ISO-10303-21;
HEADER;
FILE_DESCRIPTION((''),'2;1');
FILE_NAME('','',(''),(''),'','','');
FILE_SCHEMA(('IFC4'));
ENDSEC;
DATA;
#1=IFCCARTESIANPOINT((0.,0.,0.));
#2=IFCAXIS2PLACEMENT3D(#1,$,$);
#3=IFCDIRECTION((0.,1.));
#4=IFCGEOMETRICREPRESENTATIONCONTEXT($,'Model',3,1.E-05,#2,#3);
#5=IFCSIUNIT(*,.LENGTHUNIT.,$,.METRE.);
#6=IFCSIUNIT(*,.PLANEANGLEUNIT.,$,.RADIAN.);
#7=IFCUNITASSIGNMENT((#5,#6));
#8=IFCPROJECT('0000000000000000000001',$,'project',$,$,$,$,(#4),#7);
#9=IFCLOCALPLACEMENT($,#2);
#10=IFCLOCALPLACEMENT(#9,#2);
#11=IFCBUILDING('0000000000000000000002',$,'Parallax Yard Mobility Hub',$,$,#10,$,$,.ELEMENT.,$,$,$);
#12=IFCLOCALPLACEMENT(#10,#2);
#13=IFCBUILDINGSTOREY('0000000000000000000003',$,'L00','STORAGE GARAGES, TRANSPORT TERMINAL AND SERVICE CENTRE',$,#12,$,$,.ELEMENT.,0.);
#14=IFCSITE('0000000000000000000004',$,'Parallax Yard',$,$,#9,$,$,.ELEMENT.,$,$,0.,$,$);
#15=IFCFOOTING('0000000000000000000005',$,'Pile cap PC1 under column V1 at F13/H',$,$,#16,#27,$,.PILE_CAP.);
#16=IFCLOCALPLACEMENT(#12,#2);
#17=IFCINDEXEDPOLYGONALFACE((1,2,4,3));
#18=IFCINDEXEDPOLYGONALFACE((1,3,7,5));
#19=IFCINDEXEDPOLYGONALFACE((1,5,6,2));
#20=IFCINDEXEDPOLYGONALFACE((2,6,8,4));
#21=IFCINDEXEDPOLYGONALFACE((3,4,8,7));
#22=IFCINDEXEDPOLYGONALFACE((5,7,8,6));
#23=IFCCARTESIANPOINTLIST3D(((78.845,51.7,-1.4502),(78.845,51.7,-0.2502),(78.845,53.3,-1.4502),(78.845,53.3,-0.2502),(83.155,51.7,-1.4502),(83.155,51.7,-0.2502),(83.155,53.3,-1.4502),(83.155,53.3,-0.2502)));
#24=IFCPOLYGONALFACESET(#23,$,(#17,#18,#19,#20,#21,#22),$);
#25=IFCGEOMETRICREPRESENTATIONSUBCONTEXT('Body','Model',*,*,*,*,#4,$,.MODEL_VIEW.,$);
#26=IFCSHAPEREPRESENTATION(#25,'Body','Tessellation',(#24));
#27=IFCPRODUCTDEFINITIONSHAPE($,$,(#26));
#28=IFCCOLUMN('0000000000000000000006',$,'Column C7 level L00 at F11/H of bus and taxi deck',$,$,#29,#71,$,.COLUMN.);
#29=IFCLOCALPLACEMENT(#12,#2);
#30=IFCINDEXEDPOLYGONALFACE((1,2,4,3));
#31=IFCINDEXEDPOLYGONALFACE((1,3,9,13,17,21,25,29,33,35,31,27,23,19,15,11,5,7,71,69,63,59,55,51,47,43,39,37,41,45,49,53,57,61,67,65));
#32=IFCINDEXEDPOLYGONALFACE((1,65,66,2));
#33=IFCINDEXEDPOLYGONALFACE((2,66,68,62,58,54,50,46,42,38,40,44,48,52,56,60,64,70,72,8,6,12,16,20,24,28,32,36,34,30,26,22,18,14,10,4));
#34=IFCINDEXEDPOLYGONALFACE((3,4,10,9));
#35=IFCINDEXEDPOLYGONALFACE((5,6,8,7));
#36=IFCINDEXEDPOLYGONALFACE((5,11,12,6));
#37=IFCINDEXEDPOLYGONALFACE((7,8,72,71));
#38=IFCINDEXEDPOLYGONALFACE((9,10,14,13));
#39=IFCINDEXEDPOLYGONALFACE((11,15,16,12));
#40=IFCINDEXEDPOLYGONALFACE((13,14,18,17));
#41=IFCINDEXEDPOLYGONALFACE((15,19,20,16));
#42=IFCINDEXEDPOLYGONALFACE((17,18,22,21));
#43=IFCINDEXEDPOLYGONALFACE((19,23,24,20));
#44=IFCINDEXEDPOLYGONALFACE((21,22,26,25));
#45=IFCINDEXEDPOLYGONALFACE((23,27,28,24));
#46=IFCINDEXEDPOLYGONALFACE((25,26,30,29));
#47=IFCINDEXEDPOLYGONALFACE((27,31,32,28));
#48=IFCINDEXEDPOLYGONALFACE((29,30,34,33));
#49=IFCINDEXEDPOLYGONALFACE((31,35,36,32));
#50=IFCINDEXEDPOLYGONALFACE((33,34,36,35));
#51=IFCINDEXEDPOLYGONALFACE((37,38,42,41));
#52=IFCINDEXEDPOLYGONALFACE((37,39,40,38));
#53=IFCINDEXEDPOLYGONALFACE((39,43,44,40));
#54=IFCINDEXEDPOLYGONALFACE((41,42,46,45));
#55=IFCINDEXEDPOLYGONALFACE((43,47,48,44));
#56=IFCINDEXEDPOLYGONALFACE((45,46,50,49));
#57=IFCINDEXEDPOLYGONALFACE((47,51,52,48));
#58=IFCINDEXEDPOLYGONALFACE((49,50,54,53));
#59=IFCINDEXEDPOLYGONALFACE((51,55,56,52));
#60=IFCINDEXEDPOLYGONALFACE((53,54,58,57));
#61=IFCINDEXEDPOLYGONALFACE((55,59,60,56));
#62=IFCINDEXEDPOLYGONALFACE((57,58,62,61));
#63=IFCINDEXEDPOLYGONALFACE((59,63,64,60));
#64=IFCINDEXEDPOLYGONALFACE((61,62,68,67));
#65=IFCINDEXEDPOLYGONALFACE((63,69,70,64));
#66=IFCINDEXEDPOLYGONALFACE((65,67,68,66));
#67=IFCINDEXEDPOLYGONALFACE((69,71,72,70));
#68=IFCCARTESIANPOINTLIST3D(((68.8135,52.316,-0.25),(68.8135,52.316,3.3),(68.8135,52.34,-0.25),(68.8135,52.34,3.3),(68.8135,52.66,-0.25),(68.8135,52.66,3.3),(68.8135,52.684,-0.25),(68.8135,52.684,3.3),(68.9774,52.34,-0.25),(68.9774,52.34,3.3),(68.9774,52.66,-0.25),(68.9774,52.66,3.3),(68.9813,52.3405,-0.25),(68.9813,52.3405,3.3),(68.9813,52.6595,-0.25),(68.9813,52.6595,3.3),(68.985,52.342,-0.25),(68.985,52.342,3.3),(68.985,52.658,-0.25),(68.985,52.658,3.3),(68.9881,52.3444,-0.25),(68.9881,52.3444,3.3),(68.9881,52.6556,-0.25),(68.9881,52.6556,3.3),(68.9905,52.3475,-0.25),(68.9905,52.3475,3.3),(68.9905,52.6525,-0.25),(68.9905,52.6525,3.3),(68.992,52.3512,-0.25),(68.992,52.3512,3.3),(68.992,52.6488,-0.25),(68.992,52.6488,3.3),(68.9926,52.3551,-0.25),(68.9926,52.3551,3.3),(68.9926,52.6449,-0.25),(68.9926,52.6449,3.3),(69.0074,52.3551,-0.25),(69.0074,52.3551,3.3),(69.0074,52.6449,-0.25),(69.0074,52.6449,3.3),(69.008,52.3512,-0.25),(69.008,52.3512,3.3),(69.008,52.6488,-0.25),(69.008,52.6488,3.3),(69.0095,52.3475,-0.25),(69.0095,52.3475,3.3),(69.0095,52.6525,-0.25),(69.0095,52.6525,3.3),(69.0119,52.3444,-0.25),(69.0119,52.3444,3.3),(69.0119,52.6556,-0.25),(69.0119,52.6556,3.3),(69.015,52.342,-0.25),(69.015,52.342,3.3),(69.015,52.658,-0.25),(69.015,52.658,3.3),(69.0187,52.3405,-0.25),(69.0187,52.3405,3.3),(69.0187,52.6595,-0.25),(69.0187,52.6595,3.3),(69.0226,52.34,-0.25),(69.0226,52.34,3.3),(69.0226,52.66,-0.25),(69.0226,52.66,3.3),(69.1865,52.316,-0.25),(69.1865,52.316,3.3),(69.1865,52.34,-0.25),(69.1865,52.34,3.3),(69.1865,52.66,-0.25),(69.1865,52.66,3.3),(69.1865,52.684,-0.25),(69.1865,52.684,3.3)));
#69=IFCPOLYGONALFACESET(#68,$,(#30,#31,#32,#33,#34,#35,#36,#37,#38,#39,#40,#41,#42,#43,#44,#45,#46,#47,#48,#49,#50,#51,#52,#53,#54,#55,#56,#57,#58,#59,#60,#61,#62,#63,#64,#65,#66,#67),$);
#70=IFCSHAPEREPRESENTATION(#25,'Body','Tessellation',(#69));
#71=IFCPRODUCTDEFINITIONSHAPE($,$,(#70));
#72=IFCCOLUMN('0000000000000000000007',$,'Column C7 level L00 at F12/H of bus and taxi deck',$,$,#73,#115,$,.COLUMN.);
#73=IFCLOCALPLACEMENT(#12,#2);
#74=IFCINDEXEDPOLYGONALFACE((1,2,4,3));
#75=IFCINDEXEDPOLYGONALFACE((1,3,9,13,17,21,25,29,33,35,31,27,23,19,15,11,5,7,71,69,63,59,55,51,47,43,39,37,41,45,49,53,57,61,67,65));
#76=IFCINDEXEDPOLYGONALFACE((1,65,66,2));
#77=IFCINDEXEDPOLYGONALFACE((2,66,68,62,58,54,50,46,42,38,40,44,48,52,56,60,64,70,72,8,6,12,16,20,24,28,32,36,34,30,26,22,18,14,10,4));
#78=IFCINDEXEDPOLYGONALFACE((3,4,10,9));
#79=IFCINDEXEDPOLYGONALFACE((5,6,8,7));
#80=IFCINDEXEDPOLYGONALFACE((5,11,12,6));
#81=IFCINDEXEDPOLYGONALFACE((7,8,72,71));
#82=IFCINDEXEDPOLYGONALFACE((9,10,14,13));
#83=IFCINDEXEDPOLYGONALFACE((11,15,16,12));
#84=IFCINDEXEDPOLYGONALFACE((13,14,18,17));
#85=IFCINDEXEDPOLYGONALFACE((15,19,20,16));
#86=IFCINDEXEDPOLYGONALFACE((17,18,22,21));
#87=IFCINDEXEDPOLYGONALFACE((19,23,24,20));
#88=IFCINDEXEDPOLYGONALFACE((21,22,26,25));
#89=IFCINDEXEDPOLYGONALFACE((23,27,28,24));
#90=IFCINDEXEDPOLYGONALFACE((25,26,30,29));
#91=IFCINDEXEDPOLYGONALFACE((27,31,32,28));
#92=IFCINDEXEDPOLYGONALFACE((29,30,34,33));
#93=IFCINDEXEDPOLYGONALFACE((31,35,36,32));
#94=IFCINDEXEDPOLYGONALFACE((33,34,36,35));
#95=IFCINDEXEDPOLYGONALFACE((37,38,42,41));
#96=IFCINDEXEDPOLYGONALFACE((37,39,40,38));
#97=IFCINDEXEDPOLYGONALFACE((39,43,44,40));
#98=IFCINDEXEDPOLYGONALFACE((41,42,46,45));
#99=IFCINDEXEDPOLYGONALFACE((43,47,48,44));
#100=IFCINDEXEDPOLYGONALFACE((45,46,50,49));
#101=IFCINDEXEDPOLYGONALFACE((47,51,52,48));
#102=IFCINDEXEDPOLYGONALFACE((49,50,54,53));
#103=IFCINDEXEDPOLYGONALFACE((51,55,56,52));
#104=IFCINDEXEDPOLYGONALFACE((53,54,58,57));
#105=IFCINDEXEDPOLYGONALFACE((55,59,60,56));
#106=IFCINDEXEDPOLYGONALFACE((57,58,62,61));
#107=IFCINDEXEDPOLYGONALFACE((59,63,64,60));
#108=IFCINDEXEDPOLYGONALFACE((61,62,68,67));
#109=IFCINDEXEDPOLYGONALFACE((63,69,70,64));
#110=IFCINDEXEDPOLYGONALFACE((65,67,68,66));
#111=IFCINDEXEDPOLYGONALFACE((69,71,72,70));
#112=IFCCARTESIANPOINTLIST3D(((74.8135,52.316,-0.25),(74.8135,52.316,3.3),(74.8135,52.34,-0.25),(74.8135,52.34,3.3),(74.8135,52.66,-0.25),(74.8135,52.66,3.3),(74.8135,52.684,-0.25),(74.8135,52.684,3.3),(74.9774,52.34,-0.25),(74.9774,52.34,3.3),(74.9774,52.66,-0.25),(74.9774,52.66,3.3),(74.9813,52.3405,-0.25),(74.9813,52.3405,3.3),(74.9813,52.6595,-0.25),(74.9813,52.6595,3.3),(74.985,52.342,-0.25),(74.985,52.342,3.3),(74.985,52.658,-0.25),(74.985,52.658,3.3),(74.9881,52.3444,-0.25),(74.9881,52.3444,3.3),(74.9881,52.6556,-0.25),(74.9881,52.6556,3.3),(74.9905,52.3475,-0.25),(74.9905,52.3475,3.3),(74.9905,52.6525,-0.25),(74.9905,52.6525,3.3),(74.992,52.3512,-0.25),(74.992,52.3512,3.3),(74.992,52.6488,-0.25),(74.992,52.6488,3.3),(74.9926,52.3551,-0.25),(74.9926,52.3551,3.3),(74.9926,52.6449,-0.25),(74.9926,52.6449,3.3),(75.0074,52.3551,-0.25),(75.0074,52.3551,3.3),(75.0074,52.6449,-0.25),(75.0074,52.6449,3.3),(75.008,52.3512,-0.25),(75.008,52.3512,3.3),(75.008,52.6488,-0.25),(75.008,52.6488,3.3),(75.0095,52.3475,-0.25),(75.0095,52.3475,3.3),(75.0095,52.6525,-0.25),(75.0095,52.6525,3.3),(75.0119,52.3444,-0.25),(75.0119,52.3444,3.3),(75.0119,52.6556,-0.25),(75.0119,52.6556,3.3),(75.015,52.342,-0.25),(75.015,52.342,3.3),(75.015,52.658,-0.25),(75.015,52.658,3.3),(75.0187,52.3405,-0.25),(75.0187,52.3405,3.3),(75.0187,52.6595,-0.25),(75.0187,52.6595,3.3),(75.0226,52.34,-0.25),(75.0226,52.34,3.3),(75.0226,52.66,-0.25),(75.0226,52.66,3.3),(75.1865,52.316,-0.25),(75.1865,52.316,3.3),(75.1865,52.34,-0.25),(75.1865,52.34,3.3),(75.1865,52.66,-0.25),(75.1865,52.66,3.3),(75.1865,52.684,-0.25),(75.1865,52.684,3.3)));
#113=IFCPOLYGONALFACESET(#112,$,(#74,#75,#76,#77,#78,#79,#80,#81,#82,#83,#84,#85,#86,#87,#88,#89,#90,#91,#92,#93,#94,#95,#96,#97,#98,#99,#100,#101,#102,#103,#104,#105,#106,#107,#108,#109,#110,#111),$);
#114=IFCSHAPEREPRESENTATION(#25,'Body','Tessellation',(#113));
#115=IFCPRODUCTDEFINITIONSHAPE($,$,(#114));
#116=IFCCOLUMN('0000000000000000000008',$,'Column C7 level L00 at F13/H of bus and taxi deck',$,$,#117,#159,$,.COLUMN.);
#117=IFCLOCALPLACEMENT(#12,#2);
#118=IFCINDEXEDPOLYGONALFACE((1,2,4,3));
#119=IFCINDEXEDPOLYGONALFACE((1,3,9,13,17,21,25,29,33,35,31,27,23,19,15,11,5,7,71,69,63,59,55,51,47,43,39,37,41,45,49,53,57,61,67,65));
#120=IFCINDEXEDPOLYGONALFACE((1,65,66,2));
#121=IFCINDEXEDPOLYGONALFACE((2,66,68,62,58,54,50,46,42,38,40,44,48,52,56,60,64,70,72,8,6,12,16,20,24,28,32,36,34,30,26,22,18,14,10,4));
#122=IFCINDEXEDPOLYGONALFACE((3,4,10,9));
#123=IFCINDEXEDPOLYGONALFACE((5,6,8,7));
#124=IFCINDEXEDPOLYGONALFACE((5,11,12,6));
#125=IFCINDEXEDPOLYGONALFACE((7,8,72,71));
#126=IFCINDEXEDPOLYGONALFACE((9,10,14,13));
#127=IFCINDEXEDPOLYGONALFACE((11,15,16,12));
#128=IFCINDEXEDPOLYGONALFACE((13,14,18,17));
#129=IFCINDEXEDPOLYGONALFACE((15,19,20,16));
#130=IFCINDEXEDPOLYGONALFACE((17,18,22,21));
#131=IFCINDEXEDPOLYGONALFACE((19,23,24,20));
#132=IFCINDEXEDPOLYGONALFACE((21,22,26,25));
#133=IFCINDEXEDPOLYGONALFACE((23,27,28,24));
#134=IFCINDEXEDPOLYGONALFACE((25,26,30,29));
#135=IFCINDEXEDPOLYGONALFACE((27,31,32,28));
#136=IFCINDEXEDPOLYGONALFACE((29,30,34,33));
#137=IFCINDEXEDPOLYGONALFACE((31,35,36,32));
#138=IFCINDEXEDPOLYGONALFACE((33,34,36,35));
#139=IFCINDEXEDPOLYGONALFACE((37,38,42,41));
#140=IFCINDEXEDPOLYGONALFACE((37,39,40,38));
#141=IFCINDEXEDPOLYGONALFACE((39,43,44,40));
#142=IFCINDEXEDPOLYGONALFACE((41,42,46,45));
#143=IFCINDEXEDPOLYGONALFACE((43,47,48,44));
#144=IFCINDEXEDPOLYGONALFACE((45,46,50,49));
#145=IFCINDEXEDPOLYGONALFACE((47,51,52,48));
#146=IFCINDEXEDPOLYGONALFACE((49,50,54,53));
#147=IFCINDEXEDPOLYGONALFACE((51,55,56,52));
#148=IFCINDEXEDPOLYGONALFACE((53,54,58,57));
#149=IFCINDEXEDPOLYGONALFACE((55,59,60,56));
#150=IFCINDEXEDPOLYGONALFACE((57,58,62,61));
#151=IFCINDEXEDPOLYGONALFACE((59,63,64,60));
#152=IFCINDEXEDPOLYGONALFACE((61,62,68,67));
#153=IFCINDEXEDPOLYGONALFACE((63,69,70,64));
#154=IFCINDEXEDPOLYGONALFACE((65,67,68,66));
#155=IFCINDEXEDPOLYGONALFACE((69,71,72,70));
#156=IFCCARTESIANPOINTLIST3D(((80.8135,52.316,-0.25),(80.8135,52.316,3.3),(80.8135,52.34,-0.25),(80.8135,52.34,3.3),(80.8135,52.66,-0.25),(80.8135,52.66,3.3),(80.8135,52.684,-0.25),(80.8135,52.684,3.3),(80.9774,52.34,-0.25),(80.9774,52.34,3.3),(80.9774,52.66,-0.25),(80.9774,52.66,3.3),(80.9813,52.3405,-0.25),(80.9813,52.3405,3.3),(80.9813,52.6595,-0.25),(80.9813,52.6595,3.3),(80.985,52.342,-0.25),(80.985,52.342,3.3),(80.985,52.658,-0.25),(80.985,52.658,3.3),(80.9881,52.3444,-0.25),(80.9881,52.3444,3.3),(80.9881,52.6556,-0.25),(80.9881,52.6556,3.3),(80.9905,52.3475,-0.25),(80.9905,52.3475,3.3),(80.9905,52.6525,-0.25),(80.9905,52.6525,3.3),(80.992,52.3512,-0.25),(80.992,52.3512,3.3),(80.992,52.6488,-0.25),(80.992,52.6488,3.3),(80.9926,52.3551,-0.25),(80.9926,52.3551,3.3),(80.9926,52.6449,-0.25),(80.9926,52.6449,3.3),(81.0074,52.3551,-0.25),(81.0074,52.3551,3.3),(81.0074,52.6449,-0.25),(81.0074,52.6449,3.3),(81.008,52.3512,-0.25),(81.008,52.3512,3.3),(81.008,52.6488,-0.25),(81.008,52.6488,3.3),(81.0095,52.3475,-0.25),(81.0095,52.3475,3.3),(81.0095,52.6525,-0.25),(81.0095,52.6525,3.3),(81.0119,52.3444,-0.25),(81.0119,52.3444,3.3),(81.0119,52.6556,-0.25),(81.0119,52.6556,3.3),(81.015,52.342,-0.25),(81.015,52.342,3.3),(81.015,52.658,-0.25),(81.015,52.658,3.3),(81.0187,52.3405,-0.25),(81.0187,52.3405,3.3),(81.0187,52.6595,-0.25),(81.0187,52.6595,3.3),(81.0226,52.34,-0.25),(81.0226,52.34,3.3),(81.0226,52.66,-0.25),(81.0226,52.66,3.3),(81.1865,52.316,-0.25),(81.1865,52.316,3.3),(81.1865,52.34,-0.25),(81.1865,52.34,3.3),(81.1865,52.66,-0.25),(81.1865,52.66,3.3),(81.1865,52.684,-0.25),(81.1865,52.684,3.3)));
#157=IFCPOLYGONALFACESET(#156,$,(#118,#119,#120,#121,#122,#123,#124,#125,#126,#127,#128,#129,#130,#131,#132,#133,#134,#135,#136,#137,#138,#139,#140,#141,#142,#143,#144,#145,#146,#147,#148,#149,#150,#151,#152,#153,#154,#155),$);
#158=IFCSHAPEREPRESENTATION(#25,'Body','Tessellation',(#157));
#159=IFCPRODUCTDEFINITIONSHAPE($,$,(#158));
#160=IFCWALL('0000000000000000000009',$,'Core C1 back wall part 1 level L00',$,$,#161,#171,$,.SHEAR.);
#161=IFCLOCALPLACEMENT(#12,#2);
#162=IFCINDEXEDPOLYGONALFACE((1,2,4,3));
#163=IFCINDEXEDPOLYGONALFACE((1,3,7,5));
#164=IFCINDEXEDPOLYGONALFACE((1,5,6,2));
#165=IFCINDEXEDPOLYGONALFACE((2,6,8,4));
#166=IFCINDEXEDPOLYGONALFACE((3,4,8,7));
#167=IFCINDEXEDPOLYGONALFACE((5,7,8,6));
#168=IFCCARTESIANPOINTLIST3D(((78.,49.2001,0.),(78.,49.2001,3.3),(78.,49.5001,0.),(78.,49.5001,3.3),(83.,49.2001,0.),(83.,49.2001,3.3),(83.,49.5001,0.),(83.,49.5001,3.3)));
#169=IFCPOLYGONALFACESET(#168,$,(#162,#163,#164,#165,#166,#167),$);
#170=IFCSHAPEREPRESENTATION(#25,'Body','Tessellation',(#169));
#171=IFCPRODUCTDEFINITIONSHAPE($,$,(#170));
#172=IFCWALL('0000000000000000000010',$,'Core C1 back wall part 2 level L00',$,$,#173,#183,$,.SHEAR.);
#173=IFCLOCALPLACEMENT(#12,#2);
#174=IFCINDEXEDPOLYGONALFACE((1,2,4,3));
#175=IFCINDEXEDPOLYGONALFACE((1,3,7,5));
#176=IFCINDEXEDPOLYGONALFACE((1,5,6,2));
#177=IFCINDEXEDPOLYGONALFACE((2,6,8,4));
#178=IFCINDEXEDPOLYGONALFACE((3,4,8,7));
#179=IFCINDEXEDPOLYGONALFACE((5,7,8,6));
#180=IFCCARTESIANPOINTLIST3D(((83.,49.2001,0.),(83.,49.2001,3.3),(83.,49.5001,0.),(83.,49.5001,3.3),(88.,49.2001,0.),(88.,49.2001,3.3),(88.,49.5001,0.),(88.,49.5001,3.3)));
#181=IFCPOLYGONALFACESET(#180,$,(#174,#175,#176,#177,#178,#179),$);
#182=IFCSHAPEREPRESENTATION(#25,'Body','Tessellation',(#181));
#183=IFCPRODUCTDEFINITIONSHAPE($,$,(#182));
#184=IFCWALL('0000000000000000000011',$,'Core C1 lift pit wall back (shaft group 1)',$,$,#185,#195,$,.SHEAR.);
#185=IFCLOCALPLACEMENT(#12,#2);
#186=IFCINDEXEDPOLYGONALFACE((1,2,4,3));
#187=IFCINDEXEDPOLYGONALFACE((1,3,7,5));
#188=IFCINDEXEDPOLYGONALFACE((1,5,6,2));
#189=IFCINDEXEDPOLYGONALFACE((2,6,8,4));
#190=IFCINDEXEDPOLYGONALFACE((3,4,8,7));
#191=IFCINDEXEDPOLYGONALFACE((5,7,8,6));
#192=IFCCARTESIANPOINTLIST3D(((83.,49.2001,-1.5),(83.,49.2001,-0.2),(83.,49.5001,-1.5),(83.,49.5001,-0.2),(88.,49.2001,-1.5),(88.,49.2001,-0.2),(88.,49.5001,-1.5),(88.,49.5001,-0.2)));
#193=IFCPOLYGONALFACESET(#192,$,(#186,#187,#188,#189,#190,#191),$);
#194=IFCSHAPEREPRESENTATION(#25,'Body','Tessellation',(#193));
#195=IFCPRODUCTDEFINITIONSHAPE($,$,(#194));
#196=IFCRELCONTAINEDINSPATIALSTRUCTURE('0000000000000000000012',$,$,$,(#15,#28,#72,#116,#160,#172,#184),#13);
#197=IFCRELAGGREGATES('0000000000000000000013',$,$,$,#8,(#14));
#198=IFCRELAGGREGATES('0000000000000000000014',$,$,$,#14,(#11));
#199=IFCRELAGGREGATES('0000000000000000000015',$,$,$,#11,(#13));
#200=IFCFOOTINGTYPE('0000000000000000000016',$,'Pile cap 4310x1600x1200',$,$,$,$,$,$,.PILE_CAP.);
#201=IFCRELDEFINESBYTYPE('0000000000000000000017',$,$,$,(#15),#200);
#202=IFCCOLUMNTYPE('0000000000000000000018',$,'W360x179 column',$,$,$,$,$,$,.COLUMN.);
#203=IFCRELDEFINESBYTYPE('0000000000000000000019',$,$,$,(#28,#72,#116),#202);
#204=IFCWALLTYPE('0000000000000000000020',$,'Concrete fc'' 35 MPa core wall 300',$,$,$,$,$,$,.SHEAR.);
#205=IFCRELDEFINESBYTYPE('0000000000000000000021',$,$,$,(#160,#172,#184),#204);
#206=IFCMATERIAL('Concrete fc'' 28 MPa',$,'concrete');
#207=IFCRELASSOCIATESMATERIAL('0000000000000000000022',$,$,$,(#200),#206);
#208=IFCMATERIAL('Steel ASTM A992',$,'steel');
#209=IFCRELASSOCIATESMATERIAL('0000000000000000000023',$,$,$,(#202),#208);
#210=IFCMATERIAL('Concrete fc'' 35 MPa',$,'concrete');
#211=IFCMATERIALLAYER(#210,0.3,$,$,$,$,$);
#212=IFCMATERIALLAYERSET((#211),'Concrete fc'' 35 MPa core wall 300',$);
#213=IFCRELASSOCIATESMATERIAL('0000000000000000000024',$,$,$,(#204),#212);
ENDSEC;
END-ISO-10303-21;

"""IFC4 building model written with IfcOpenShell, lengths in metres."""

from ifc_helpers import new_model, si_unit, direction, frame, frame_2d, origin, origin_2d, place, context, subcontext, project, spatial, rectangle, i_section, extrude, material, layer, layer_set, material_profile, profile_set, type_object, element, save


model = new_model("IFC4")

# Units and contexts
model_context = context("Model", 3, precision=1e-05, world=origin(), true_north=direction((0.0, 1.0)))
body_context = subcontext(model_context, "Body", "Model", "MODEL_VIEW")
ifc_project = project(units=[si_unit("LENGTHUNIT", "METRE"), si_unit("PLANEANGLEUNIT", "RADIAN")], contexts=[model_context])

# Site, building, storey
site_placement = place(None, origin())
site = spatial("IfcSite", under=ifc_project, at=site_placement, Name="Parallax Yard", CompositionType="ELEMENT", RefElevation=0.0)
building_placement = place(site_placement, origin())
building = spatial("IfcBuilding", under=site, at=building_placement, Name="Parallax Yard Mobility Hub", CompositionType="ELEMENT")
storey_placement = place(building_placement, origin())
storey = spatial("IfcBuildingStorey", under=building, at=storey_placement, Name="L00", Description="STORAGE GARAGES, TRANSPORT TERMINAL AND SERVICE CENTRE", CompositionType="ELEMENT", Elevation=0.0)

# Shared definitions
ifc_material_1 = material(Name="Concrete fc' 28 MPa", Category="concrete")

# Footing
footing_type_1 = type_object("IfcFootingType", Name="Pile cap 4310x1600x1200", PredefinedType="PILE_CAP", material=ifc_material_1)
for number, where, z_axis, x_axis, name in (
    (1, (81.0, 52.5, -1.4502), (0.0, 0.0, 1.0), (1.0, 0.0, 0.0), "Pile cap PC1 under column V1 at F13/H"),
):
    element("IfcFooting", number, at=place(storey_placement, frame(where, z_axis=z_axis, x_axis=x_axis)), inside=storey, type_object=footing_type_1, Name=name, PredefinedType="PILE_CAP", context=body_context, shape_type="SweptSolid", body=[
        extrude(rectangle(XDim=4.3101, YDim=1.6001, at=origin_2d()), origin(), (0.0, 0.0, 1.0), 1.2),
    ])

# Columns
ifc_material_2 = material(Name="Steel ASTM A992", Category="steel")
ifc_material_profile_1 = material_profile(ifc_material_2, i_section(OverallWidth=0.373, OverallDepth=0.3679, WebThickness=0.0149, FlangeThickness=0.0239, FilletRadius=0.0151, at=origin_2d()), Name="W360x179")
ifc_profile_set_1 = profile_set([ifc_material_profile_1], Name="Steel ASTM A992")
column_type = type_object("IfcColumnType", Name="W360x179 column", PredefinedType="COLUMN", material=ifc_profile_set_1)
for number, where, z_axis, x_axis, name in (
    (2, (69.0, 52.5, -0.25), (0.0, 0.0, 1.0), (1.0, 0.0, 0.0), "Column C7 level L00 at F11/H of bus and taxi deck"),
    (3, (75.0, 52.5, -0.25), (0.0, 0.0, 1.0), (1.0, 0.0, 0.0), "Column C7 level L00 at F12/H of bus and taxi deck"),
    (4, (81.0, 52.5, -0.25), (0.0, 0.0, 1.0), (1.0, 0.0, 0.0), "Column C7 level L00 at F13/H of bus and taxi deck"),
):
    element("IfcColumn", number, at=place(storey_placement, frame(where, z_axis=z_axis, x_axis=x_axis)), inside=storey, type_object=column_type, Name=name, PredefinedType="COLUMN", context=body_context, shape_type="SweptSolid", body=[
        extrude(i_section(OverallWidth=0.373, OverallDepth=0.3679, WebThickness=0.0149, FlangeThickness=0.0239, FilletRadius=0.0151, at=origin_2d()), origin(), (0.0, 0.0, 1.0), 3.55),
    ])

# Walls
ifc_material_3 = material(Name="Concrete fc' 35 MPa", Category="concrete")
ifc_layer_1 = layer(ifc_material_3, 0.3)
ifc_layer_set_1 = layer_set([ifc_layer_1], Name="Concrete fc' 35 MPa core wall 300")
wall_type_1 = type_object("IfcWallType", Name="Concrete fc' 35 MPa core wall 300", PredefinedType="SHEAR", material=ifc_layer_set_1)
for number, where, z_axis, x_axis, name in (
    (5, (78.0, 49.3501, 0.0), (0.0, 0.0, 1.0), (1.0, 0.0, 0.0), "Core C1 back wall part 1 level L00"),
    (6, (83.0, 49.3501, 0.0), (0.0, 0.0, 1.0), (1.0, 0.0, 0.0), "Core C1 back wall part 2 level L00"),
):
    element("IfcWall", number, at=place(storey_placement, frame(where, z_axis=z_axis, x_axis=x_axis)), inside=storey, type_object=wall_type_1, Name=name, PredefinedType="SHEAR", context=body_context, shape_type="SweptSolid", body=[
        extrude(rectangle(XDim=5.0, YDim=0.3, at=frame_2d((2.5, 0.0))), origin(), (0.0, 0.0, 1.0), 3.3),
    ])
wall_1_placement = place(storey_placement, frame((83.0, 49.3501, -1.5), z_axis=(0.0, 0.0, 1.0), x_axis=(1.0, 0.0, 0.0)))
element("IfcWall", 7, at=wall_1_placement, inside=storey, type_object=wall_type_1, Name="Core C1 lift pit wall back (shaft group 1)", PredefinedType="SHEAR", context=body_context, shape_type="SweptSolid", body=[
    extrude(rectangle(XDim=5.0, YDim=0.3, at=frame_2d((2.5, 0.0))), origin(), (0.0, 0.0, 1.0), 1.3),
])

save(model, "model.ifc")
